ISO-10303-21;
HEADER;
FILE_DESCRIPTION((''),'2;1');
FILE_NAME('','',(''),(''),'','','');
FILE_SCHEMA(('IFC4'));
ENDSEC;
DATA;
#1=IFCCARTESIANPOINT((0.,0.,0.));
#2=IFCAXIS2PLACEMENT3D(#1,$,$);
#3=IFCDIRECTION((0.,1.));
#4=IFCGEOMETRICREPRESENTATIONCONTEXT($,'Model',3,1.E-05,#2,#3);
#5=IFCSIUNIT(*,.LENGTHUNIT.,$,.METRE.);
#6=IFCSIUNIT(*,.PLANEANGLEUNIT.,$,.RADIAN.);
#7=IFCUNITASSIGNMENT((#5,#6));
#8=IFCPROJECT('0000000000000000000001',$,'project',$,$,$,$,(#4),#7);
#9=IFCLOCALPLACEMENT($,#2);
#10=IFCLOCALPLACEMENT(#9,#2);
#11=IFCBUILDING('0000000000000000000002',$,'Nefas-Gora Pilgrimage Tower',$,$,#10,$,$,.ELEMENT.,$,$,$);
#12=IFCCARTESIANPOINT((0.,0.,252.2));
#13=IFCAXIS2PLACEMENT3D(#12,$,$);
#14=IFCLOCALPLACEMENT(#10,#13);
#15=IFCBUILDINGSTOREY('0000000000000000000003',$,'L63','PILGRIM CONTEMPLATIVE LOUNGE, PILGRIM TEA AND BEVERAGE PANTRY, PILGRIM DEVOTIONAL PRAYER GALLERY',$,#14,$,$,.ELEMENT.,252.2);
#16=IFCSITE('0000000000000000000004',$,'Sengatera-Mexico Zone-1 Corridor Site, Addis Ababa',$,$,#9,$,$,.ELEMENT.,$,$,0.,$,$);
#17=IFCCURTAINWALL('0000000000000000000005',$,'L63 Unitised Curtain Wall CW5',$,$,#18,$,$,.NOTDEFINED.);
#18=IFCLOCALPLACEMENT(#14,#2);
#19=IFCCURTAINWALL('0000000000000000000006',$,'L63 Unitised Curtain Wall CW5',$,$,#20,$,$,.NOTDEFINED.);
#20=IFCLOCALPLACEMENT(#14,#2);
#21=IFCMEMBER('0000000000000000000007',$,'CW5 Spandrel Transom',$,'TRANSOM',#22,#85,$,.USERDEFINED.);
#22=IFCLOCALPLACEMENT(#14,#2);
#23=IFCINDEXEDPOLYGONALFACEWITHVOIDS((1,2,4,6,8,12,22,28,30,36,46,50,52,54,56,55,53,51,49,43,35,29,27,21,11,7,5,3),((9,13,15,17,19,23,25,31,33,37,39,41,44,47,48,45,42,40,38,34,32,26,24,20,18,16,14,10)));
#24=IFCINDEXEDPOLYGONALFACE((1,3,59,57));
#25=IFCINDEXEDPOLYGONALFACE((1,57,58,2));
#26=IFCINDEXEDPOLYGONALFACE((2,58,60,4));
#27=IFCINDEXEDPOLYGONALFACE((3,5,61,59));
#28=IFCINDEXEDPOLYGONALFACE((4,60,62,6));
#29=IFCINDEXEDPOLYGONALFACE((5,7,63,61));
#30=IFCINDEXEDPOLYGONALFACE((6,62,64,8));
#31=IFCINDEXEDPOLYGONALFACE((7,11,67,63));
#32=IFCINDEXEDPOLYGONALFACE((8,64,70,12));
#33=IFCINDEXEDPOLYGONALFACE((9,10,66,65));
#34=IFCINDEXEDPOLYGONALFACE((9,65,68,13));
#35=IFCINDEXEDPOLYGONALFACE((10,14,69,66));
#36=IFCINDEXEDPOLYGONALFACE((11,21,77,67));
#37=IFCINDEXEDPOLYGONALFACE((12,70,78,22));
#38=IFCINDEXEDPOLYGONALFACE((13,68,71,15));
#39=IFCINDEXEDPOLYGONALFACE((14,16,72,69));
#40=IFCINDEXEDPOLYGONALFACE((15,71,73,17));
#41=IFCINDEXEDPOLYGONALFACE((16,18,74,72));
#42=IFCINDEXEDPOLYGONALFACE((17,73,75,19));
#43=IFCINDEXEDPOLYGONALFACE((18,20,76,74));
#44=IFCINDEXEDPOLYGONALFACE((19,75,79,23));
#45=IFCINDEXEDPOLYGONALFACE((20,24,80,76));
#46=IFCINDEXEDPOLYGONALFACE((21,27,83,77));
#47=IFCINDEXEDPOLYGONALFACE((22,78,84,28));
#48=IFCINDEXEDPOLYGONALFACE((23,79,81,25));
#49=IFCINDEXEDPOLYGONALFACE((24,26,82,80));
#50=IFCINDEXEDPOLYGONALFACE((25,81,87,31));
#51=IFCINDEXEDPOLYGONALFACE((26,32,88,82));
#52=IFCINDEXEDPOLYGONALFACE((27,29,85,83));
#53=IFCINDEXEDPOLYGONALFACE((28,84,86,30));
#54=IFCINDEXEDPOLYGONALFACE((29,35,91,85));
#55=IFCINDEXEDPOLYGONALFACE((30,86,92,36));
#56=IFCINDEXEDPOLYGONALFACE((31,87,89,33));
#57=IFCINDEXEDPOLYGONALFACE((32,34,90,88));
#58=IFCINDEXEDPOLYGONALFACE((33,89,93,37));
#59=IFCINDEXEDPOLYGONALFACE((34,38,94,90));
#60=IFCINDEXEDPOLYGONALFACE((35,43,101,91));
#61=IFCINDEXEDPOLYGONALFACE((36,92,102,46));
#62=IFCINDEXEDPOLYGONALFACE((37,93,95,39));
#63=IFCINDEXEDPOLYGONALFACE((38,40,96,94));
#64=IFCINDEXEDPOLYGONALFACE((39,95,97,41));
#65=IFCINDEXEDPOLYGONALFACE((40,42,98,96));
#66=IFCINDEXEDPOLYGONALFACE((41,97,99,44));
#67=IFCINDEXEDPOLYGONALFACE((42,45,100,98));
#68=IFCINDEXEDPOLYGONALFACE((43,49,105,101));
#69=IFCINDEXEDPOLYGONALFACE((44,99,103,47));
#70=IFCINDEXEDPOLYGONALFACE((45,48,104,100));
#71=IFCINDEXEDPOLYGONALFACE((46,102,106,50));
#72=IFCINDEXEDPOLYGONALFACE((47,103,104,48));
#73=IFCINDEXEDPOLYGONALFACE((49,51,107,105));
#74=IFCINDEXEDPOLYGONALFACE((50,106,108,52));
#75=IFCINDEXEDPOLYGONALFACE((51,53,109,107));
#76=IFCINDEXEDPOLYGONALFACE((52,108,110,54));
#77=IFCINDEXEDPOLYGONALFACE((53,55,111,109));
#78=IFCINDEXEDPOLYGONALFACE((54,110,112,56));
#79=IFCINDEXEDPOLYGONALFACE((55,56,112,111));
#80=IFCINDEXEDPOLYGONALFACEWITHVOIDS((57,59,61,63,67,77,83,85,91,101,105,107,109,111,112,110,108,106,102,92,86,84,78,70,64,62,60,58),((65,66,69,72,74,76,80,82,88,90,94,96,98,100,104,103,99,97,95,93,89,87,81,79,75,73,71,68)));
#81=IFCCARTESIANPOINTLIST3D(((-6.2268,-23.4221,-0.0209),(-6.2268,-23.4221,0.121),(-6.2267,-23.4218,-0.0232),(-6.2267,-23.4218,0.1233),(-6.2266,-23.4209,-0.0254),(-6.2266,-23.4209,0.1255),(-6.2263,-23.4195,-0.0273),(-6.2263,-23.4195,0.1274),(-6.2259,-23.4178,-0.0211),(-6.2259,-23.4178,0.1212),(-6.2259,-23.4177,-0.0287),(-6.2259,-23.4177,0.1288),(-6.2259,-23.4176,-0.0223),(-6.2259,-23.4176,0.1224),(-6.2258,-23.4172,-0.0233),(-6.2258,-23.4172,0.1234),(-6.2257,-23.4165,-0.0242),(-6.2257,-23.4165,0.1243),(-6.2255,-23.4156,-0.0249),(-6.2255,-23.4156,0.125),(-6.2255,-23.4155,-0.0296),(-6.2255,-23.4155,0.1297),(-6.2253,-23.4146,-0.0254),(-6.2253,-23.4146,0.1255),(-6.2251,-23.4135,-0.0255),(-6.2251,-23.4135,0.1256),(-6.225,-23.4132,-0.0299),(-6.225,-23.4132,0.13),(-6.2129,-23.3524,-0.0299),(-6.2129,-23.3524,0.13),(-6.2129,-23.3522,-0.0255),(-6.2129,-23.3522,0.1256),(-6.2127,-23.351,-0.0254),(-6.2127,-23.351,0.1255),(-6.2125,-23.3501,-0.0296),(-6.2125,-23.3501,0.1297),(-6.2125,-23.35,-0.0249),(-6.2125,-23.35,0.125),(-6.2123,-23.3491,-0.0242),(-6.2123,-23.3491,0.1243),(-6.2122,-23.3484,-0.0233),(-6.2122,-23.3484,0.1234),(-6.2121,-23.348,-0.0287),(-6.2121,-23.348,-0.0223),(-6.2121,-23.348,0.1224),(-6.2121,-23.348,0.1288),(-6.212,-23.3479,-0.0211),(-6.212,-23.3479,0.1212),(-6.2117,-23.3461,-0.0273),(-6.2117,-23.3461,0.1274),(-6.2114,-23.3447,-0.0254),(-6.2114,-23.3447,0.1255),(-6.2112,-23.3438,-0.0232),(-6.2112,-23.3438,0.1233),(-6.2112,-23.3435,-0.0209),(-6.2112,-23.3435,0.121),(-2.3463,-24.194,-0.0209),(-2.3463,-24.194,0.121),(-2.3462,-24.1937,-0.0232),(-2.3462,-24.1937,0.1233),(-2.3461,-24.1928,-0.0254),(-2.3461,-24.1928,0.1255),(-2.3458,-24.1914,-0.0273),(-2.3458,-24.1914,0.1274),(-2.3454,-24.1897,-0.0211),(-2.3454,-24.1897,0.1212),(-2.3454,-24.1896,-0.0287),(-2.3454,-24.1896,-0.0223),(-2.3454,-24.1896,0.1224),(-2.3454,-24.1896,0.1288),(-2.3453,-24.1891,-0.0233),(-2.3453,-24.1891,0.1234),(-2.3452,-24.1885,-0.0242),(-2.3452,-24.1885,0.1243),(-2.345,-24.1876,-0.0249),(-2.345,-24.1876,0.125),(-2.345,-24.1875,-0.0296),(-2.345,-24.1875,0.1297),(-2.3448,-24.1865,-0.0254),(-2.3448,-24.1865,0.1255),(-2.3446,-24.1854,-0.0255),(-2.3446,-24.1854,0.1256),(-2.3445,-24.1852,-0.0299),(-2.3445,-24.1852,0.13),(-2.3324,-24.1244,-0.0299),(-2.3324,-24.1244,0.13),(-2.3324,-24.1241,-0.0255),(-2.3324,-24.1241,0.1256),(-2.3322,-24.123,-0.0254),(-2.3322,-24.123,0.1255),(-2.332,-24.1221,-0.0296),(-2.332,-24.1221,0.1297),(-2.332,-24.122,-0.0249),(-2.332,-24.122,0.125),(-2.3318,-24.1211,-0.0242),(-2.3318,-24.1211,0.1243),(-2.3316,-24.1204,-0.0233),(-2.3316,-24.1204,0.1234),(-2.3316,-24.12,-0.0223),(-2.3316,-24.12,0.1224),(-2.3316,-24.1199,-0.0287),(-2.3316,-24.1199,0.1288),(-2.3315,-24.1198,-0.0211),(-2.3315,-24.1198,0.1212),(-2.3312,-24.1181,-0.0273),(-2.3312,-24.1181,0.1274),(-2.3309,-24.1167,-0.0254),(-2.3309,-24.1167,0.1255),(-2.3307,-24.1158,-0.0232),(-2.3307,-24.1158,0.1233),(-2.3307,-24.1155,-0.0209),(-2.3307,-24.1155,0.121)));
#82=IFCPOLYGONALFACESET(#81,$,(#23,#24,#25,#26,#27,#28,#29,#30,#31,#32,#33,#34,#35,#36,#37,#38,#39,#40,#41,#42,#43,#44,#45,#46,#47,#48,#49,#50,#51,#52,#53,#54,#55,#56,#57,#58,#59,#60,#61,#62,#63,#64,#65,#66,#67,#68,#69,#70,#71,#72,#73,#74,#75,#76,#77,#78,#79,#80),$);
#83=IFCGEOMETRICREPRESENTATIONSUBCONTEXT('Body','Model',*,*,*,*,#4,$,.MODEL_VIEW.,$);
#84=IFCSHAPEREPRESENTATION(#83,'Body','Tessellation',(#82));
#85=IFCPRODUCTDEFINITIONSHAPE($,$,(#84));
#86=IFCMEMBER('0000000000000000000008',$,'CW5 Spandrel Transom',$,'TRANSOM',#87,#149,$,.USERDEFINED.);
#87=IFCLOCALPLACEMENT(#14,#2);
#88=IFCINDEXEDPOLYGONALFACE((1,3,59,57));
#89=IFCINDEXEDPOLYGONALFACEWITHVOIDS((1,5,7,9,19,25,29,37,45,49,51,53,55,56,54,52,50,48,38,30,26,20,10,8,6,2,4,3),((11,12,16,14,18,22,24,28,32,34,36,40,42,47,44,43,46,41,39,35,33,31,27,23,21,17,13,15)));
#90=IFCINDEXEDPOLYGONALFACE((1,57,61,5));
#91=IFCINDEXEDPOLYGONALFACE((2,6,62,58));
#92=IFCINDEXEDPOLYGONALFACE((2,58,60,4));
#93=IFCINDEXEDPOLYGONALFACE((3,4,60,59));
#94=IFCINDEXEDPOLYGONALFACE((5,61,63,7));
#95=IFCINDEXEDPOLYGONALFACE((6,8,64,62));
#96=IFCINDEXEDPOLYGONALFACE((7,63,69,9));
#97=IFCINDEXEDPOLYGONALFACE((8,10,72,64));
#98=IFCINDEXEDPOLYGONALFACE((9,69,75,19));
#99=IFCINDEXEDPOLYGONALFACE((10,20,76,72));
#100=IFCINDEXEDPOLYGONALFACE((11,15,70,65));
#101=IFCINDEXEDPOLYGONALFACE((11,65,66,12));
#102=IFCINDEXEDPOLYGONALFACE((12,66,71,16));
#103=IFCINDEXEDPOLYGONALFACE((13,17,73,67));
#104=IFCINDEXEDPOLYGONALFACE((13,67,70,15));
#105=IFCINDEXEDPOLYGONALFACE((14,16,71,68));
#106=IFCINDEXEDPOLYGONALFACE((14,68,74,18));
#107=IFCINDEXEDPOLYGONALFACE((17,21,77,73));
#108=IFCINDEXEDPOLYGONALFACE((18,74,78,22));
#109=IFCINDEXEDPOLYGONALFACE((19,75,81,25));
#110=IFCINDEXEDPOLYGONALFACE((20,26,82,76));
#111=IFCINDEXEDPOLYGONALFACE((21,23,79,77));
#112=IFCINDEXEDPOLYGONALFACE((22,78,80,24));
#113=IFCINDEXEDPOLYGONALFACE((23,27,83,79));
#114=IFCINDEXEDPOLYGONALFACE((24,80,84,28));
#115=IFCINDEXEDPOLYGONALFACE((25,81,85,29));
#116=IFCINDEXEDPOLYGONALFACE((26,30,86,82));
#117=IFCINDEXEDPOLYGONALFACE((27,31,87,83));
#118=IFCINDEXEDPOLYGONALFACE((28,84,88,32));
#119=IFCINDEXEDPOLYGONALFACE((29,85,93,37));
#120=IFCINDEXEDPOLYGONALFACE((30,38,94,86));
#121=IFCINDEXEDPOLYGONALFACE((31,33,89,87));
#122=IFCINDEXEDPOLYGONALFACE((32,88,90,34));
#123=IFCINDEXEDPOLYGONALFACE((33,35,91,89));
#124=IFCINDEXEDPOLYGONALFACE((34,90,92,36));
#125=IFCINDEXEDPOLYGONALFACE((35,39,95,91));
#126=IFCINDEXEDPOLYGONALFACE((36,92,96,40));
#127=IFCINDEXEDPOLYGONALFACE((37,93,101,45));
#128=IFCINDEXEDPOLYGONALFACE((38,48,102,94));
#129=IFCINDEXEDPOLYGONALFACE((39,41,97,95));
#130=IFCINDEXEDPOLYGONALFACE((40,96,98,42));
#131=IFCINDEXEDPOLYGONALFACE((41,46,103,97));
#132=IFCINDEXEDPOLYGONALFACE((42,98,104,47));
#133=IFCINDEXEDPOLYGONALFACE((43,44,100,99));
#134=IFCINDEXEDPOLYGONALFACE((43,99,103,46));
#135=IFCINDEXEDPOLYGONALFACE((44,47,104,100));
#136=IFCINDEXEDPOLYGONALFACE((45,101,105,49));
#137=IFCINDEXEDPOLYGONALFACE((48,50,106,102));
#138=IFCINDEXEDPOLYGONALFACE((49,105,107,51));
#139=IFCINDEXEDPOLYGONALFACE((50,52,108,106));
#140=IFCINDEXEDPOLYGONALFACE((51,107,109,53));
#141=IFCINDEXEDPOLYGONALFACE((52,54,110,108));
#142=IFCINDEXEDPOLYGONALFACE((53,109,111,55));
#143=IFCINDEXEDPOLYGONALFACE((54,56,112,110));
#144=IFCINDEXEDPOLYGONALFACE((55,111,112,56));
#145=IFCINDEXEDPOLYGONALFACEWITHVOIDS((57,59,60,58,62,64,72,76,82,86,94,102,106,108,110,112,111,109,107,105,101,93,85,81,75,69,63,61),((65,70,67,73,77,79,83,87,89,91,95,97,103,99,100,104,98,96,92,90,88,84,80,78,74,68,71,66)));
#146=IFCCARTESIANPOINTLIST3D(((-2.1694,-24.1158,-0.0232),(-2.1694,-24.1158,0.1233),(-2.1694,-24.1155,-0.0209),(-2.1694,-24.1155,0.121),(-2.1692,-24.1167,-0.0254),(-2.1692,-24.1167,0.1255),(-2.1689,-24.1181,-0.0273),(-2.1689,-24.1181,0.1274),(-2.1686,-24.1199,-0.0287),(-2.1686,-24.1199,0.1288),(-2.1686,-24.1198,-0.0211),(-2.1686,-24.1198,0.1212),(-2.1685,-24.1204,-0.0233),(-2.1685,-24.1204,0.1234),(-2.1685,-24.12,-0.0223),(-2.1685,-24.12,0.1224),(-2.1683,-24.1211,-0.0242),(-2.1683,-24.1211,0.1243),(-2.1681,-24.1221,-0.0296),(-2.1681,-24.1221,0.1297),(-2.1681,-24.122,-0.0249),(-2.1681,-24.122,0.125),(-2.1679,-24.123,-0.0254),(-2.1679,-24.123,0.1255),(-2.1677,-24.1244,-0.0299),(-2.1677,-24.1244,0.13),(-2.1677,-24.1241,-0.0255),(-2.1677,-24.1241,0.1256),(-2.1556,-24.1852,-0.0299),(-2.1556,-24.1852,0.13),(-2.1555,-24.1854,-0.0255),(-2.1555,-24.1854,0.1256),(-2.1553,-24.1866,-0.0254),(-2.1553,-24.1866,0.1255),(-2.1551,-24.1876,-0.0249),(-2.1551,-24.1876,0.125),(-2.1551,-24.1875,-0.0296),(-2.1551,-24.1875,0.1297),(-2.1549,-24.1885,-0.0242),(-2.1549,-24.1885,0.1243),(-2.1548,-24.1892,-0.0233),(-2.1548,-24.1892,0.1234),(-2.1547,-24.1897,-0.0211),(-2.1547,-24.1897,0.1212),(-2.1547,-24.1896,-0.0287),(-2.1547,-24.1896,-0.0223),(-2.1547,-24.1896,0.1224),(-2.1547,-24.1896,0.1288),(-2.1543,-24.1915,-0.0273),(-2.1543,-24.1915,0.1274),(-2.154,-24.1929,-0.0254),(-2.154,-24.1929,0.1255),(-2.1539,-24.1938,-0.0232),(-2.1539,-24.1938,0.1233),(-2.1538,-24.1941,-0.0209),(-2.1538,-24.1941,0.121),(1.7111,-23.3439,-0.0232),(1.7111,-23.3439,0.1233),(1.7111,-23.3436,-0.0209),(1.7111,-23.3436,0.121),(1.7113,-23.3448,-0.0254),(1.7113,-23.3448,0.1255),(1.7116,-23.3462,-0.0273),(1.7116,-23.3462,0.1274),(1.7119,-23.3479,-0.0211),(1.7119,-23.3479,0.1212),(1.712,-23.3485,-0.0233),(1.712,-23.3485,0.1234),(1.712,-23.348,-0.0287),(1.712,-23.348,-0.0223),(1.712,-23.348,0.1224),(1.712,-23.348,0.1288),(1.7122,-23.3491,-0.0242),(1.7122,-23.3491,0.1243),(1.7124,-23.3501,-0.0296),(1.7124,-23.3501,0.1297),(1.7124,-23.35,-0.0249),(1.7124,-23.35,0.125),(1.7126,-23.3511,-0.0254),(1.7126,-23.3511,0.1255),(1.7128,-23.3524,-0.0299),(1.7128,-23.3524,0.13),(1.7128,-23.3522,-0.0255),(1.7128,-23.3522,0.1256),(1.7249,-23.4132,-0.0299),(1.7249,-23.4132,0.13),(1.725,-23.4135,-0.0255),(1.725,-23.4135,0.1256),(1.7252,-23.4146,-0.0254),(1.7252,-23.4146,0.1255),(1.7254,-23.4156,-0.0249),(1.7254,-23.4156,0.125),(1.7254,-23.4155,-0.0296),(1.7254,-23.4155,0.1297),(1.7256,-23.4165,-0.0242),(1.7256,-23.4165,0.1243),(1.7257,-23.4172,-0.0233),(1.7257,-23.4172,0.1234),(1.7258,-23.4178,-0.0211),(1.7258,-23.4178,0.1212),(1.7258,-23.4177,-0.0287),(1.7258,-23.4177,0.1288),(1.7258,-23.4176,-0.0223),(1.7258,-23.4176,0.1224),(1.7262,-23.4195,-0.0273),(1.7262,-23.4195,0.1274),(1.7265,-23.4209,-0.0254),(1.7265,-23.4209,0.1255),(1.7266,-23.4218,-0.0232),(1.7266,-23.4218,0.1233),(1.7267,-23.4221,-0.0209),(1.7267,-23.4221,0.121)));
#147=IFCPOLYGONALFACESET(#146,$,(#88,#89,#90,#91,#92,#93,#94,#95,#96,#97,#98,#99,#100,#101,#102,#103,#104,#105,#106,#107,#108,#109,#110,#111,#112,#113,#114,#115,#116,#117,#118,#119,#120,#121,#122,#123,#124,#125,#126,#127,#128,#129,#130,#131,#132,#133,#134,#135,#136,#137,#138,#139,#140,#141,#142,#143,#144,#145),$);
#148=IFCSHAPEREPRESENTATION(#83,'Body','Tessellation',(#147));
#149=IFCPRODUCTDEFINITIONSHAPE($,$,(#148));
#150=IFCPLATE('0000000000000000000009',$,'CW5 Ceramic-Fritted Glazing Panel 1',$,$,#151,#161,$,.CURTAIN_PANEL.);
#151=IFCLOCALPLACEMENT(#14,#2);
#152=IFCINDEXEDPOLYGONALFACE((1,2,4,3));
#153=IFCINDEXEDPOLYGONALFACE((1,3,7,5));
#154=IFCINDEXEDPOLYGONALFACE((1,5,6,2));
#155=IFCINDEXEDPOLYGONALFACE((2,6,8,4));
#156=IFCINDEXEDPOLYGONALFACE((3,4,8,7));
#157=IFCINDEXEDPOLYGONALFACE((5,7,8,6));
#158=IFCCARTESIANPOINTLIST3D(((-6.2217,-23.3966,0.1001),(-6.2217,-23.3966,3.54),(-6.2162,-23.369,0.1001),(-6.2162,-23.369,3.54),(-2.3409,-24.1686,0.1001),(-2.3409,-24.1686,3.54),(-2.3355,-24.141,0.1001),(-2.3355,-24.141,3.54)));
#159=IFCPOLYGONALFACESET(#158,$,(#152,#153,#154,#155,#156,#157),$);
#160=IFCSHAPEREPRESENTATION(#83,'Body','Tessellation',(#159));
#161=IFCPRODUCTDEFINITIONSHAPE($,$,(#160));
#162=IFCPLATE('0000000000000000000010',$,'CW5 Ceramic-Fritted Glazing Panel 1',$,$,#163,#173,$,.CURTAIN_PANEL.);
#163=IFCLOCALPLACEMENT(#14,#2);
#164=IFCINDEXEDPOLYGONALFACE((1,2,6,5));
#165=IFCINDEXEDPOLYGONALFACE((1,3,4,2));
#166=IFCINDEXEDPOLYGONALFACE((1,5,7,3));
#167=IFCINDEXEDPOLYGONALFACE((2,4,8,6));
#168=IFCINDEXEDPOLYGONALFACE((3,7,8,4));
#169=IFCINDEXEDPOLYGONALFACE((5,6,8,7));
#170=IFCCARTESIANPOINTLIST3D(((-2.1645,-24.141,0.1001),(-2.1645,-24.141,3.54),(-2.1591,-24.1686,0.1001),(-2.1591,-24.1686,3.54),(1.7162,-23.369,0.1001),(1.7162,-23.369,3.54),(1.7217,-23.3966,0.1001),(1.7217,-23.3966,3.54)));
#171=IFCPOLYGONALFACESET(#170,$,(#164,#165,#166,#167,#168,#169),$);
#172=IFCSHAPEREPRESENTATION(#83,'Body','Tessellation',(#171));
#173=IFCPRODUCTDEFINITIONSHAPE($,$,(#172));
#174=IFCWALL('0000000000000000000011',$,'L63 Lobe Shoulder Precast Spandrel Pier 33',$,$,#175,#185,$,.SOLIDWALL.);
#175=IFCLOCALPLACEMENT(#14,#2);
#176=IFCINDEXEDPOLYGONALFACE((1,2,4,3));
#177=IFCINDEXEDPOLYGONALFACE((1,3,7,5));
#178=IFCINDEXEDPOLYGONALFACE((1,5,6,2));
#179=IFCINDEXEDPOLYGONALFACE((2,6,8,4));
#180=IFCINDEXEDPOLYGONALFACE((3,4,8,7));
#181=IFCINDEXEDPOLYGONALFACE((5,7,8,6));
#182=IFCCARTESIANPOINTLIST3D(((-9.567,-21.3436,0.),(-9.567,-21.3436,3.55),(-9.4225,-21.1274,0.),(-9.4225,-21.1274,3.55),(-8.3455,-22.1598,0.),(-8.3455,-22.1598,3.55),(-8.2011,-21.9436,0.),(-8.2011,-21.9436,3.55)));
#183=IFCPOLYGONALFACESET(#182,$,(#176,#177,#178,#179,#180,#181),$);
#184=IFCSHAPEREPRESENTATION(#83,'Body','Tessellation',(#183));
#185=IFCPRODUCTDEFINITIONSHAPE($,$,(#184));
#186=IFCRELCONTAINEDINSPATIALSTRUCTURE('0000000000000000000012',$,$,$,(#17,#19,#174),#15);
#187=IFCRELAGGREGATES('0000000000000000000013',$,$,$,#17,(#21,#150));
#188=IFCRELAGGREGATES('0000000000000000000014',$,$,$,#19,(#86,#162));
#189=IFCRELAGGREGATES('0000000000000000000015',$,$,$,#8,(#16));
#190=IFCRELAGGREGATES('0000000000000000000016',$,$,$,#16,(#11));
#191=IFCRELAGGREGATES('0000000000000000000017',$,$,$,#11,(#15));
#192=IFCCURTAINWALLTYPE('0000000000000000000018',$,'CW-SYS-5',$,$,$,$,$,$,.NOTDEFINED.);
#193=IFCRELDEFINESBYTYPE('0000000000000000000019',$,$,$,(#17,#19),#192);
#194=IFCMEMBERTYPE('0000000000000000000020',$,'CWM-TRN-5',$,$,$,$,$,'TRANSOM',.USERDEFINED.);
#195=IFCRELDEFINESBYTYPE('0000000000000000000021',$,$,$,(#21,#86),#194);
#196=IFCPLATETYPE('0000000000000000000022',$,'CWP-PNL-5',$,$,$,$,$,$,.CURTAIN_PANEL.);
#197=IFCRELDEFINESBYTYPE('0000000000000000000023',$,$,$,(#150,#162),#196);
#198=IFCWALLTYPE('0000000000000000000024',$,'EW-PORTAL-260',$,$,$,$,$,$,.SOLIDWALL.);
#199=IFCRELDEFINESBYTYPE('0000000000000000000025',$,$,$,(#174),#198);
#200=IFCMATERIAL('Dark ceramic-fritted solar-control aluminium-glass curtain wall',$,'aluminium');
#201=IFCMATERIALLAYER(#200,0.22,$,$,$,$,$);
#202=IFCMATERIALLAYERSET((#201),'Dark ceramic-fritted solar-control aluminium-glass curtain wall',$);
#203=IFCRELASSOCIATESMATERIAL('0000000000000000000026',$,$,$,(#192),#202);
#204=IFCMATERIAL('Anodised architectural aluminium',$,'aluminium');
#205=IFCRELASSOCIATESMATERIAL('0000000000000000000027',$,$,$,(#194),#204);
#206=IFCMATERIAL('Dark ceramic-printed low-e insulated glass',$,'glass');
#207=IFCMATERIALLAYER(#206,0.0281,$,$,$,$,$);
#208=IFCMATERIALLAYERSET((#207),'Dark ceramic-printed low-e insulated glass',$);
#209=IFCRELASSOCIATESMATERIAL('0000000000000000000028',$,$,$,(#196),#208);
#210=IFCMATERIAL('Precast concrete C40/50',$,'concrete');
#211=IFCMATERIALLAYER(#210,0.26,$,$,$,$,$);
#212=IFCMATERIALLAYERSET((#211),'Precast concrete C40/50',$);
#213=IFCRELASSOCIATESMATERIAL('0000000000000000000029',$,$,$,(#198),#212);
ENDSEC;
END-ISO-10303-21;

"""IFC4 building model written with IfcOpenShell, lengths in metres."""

from ifc_helpers import new_model, si_unit, direction, frame, frame_2d, origin, origin_2d, place, context, subcontext, project, spatial, rectangle, hollow_rectangle, extrude, source, transform, mapped, material, layer, layer_set, material_profile, profile_set, type_object, element, aggregate, save


model = new_model("IFC4")

# Units and contexts
model_context = context("Model", 3, precision=1e-05, world=origin(), true_north=direction((0.0, 1.0)))
body_context = subcontext(model_context, "Body", "Model", "MODEL_VIEW")
ifc_project = project(units=[si_unit("LENGTHUNIT", "METRE"), si_unit("PLANEANGLEUNIT", "RADIAN")], contexts=[model_context])

# Site, building, storey
site_placement = place(None, origin())
site = spatial("IfcSite", under=ifc_project, at=site_placement, Name="Sengatera-Mexico Zone-1 Corridor Site, Addis Ababa", CompositionType="ELEMENT", RefElevation=0.0)
building_placement = place(site_placement, origin())
building = spatial("IfcBuilding", under=site, at=building_placement, Name="Nefas-Gora Pilgrimage Tower", CompositionType="ELEMENT")
storey_placement = place(building_placement, frame((0.0, 0.0, 252.2)))
storey = spatial("IfcBuildingStorey", under=building, at=storey_placement, Name="L63", Description="PILGRIM CONTEMPLATIVE LOUNGE, PILGRIM TEA AND BEVERAGE PANTRY, PILGRIM DEVOTIONAL PRAYER GALLERY", CompositionType="ELEMENT", Elevation=252.2)

# Shared definitions
ifc_material_1 = material(Name="Dark ceramic-fritted solar-control aluminium-glass curtain wall", Category="aluminium")
ifc_layer_1 = layer(ifc_material_1, 0.22)
ifc_layer_set_1 = layer_set([ifc_layer_1], Name="Dark ceramic-fritted solar-control aluminium-glass curtain wall")
curtain_wall_type = type_object("IfcCurtainWallType", Name="CW-SYS-5", PredefinedType="NOTDEFINED", material=ifc_layer_set_1)
ifc_material_2 = material(Name="Anodised architectural aluminium", Category="aluminium")

# Curtain wall
curtain_wall_1_placement = place(storey_placement, origin())
curtain_wall_1 = element("IfcCurtainWall", 1, at=curtain_wall_1_placement, inside=storey, type_object=curtain_wall_type, Name="L63 Unitised Curtain Wall CW5", PredefinedType="NOTDEFINED")

# Curtain wall
curtain_wall_2_placement = place(storey_placement, origin())
curtain_wall_2 = element("IfcCurtainWall", 2, at=curtain_wall_2_placement, inside=storey, type_object=curtain_wall_type, Name="L63 Unitised Curtain Wall CW5", PredefinedType="NOTDEFINED")

# Members
ifc_material_profile_1 = material_profile(ifc_material_2, hollow_rectangle(XDim=0.0801, YDim=0.1599, WallThickness=0.0044, InnerFilletRadius=0.0044, OuterFilletRadius=0.009, at=origin_2d()), Name="ALU TRANSOM 80x160")
ifc_profile_set_1 = profile_set([ifc_material_profile_1], Name="Anodised architectural aluminium")
member_type_1 = type_object("IfcMemberType", Name="CWM-TRN-5", ElementType="TRANSOM", PredefinedType="USERDEFINED", material=ifc_profile_set_1)
shared_shape_1 = source(origin(), body_context, "Body", "SweptSolid", [
    extrude(hollow_rectangle(XDim=0.0801, YDim=0.1599, WallThickness=0.0044, InnerFilletRadius=0.0044, OuterFilletRadius=0.009, at=origin_2d()), origin(), (0.0, 0.0, 1.0), 3.9565),
])
member_1_placement = place(storey_placement, frame((-6.219, -23.3828, 0.05), z_axis=(0.980782, -0.195107, 0.0), x_axis=(0.195107, 0.980782, 0.0)))
member_1 = element("IfcMember", 3, at=member_1_placement, type_object=member_type_1, Name="CW5 Spandrel Transom", ObjectType="TRANSOM", PredefinedType="USERDEFINED", context=body_context, shape_type="MappedRepresentation", body=[
    mapped(shared_shape_1, transform((0.0, 0.0, 0.0), x_axis=(1.0, 0.0, 0.0), y_axis=(0.0, 1.0, 0.0), z_axis=(0.0, 0.0, 1.0), scale=1.0)),
])
member_2_placement = place(storey_placement, frame((-2.1616, -24.1548, 0.05), z_axis=(0.980782, 0.195107, 0.0), x_axis=(-0.195107, 0.980782, 0.0)))
member_2 = element("IfcMember", 4, at=member_2_placement, type_object=member_type_1, Name="CW5 Spandrel Transom", ObjectType="TRANSOM", PredefinedType="USERDEFINED", context=body_context, shape_type="MappedRepresentation", body=[
    mapped(shared_shape_1, transform((0.0, 0.0, 0.0), x_axis=(1.0, 0.0, 0.0), y_axis=(0.0, 1.0, 0.0), z_axis=(0.0, 0.0, 1.0), scale=1.0)),
])

# Plates
ifc_material_3 = material(Name="Dark ceramic-printed low-e insulated glass", Category="glass")
ifc_layer_2 = layer(ifc_material_3, 0.0281)
ifc_layer_set_2 = layer_set([ifc_layer_2], Name="Dark ceramic-printed low-e insulated glass")
plate_type = type_object("IfcPlateType", Name="CWP-PNL-5", PredefinedType="CURTAIN_PANEL", material=ifc_layer_set_2)
shared_shape_2 = source(origin(), body_context, "Body", "SweptSolid", [
    extrude(rectangle(XDim=3.9568, YDim=0.0281, at=origin_2d()), origin(), (0.0, 0.0, 1.0), 3.4399),
])
plate_1_placement = place(storey_placement, frame((-4.2786, -23.7688, 0.1001), z_axis=(0.0, 0.0, 1.0), x_axis=(0.980783, -0.195102, 0.0)))
plate_1 = element("IfcPlate", 5, at=plate_1_placement, type_object=plate_type, Name="CW5 Ceramic-Fritted Glazing Panel 1", PredefinedType="CURTAIN_PANEL", context=body_context, shape_type="MappedRepresentation", body=[
    mapped(shared_shape_2, transform((0.0, 0.0, 0.0), x_axis=(1.0, 0.0, 0.0), y_axis=(0.0, 1.0, 0.0), z_axis=(0.0, 0.0, 1.0), scale=1.0)),
])
aggregate(curtain_wall_1, [member_1, plate_1])
plate_2_placement = place(storey_placement, frame((-0.2214, -23.7688, 0.1001), z_axis=(0.0, 0.0, 1.0), x_axis=(0.980783, 0.195102, 0.0)))
plate_2 = element("IfcPlate", 6, at=plate_2_placement, type_object=plate_type, Name="CW5 Ceramic-Fritted Glazing Panel 1", PredefinedType="CURTAIN_PANEL", context=body_context, shape_type="MappedRepresentation", body=[
    mapped(shared_shape_2, transform((0.0, 0.0, 0.0), x_axis=(1.0, 0.0, 0.0), y_axis=(0.0, 1.0, 0.0), z_axis=(0.0, 0.0, 1.0), scale=1.0)),
])
aggregate(curtain_wall_2, [member_2, plate_2])

# Wall
ifc_material_4 = material(Name="Precast concrete C40/50", Category="concrete")
ifc_layer_3 = layer(ifc_material_4, 0.26)
ifc_layer_set_3 = layer_set([ifc_layer_3], Name="Precast concrete C40/50")
wall_type_1 = type_object("IfcWallType", Name="EW-PORTAL-260", PredefinedType="SOLIDWALL", material=ifc_layer_set_3)
shared_shape_3 = source(origin(), body_context, "Body", "SweptSolid", [
    extrude(rectangle(XDim=1.469, YDim=0.26, at=frame_2d((0.7344, 0.0))), origin(), (0.0, 0.0, 1.0), 3.55),
])
wall_1_placement = place(storey_placement, frame((-9.4946, -21.2356, 0.0), z_axis=(0.0, 0.0, 1.0), x_axis=(0.831462, -0.555582, 0.0)))
element("IfcWall", 7, at=wall_1_placement, inside=storey, type_object=wall_type_1, Name="L63 Lobe Shoulder Precast Spandrel Pier 33", PredefinedType="SOLIDWALL", context=body_context, shape_type="MappedRepresentation", body=[
    mapped(shared_shape_3, transform((0.0, 0.0, 0.0), x_axis=(1.0, 0.0, 0.0), y_axis=(0.0, 1.0, 0.0), z_axis=(0.0, 0.0, 1.0), scale=1.0)),
])

save(model, "model.ifc")
